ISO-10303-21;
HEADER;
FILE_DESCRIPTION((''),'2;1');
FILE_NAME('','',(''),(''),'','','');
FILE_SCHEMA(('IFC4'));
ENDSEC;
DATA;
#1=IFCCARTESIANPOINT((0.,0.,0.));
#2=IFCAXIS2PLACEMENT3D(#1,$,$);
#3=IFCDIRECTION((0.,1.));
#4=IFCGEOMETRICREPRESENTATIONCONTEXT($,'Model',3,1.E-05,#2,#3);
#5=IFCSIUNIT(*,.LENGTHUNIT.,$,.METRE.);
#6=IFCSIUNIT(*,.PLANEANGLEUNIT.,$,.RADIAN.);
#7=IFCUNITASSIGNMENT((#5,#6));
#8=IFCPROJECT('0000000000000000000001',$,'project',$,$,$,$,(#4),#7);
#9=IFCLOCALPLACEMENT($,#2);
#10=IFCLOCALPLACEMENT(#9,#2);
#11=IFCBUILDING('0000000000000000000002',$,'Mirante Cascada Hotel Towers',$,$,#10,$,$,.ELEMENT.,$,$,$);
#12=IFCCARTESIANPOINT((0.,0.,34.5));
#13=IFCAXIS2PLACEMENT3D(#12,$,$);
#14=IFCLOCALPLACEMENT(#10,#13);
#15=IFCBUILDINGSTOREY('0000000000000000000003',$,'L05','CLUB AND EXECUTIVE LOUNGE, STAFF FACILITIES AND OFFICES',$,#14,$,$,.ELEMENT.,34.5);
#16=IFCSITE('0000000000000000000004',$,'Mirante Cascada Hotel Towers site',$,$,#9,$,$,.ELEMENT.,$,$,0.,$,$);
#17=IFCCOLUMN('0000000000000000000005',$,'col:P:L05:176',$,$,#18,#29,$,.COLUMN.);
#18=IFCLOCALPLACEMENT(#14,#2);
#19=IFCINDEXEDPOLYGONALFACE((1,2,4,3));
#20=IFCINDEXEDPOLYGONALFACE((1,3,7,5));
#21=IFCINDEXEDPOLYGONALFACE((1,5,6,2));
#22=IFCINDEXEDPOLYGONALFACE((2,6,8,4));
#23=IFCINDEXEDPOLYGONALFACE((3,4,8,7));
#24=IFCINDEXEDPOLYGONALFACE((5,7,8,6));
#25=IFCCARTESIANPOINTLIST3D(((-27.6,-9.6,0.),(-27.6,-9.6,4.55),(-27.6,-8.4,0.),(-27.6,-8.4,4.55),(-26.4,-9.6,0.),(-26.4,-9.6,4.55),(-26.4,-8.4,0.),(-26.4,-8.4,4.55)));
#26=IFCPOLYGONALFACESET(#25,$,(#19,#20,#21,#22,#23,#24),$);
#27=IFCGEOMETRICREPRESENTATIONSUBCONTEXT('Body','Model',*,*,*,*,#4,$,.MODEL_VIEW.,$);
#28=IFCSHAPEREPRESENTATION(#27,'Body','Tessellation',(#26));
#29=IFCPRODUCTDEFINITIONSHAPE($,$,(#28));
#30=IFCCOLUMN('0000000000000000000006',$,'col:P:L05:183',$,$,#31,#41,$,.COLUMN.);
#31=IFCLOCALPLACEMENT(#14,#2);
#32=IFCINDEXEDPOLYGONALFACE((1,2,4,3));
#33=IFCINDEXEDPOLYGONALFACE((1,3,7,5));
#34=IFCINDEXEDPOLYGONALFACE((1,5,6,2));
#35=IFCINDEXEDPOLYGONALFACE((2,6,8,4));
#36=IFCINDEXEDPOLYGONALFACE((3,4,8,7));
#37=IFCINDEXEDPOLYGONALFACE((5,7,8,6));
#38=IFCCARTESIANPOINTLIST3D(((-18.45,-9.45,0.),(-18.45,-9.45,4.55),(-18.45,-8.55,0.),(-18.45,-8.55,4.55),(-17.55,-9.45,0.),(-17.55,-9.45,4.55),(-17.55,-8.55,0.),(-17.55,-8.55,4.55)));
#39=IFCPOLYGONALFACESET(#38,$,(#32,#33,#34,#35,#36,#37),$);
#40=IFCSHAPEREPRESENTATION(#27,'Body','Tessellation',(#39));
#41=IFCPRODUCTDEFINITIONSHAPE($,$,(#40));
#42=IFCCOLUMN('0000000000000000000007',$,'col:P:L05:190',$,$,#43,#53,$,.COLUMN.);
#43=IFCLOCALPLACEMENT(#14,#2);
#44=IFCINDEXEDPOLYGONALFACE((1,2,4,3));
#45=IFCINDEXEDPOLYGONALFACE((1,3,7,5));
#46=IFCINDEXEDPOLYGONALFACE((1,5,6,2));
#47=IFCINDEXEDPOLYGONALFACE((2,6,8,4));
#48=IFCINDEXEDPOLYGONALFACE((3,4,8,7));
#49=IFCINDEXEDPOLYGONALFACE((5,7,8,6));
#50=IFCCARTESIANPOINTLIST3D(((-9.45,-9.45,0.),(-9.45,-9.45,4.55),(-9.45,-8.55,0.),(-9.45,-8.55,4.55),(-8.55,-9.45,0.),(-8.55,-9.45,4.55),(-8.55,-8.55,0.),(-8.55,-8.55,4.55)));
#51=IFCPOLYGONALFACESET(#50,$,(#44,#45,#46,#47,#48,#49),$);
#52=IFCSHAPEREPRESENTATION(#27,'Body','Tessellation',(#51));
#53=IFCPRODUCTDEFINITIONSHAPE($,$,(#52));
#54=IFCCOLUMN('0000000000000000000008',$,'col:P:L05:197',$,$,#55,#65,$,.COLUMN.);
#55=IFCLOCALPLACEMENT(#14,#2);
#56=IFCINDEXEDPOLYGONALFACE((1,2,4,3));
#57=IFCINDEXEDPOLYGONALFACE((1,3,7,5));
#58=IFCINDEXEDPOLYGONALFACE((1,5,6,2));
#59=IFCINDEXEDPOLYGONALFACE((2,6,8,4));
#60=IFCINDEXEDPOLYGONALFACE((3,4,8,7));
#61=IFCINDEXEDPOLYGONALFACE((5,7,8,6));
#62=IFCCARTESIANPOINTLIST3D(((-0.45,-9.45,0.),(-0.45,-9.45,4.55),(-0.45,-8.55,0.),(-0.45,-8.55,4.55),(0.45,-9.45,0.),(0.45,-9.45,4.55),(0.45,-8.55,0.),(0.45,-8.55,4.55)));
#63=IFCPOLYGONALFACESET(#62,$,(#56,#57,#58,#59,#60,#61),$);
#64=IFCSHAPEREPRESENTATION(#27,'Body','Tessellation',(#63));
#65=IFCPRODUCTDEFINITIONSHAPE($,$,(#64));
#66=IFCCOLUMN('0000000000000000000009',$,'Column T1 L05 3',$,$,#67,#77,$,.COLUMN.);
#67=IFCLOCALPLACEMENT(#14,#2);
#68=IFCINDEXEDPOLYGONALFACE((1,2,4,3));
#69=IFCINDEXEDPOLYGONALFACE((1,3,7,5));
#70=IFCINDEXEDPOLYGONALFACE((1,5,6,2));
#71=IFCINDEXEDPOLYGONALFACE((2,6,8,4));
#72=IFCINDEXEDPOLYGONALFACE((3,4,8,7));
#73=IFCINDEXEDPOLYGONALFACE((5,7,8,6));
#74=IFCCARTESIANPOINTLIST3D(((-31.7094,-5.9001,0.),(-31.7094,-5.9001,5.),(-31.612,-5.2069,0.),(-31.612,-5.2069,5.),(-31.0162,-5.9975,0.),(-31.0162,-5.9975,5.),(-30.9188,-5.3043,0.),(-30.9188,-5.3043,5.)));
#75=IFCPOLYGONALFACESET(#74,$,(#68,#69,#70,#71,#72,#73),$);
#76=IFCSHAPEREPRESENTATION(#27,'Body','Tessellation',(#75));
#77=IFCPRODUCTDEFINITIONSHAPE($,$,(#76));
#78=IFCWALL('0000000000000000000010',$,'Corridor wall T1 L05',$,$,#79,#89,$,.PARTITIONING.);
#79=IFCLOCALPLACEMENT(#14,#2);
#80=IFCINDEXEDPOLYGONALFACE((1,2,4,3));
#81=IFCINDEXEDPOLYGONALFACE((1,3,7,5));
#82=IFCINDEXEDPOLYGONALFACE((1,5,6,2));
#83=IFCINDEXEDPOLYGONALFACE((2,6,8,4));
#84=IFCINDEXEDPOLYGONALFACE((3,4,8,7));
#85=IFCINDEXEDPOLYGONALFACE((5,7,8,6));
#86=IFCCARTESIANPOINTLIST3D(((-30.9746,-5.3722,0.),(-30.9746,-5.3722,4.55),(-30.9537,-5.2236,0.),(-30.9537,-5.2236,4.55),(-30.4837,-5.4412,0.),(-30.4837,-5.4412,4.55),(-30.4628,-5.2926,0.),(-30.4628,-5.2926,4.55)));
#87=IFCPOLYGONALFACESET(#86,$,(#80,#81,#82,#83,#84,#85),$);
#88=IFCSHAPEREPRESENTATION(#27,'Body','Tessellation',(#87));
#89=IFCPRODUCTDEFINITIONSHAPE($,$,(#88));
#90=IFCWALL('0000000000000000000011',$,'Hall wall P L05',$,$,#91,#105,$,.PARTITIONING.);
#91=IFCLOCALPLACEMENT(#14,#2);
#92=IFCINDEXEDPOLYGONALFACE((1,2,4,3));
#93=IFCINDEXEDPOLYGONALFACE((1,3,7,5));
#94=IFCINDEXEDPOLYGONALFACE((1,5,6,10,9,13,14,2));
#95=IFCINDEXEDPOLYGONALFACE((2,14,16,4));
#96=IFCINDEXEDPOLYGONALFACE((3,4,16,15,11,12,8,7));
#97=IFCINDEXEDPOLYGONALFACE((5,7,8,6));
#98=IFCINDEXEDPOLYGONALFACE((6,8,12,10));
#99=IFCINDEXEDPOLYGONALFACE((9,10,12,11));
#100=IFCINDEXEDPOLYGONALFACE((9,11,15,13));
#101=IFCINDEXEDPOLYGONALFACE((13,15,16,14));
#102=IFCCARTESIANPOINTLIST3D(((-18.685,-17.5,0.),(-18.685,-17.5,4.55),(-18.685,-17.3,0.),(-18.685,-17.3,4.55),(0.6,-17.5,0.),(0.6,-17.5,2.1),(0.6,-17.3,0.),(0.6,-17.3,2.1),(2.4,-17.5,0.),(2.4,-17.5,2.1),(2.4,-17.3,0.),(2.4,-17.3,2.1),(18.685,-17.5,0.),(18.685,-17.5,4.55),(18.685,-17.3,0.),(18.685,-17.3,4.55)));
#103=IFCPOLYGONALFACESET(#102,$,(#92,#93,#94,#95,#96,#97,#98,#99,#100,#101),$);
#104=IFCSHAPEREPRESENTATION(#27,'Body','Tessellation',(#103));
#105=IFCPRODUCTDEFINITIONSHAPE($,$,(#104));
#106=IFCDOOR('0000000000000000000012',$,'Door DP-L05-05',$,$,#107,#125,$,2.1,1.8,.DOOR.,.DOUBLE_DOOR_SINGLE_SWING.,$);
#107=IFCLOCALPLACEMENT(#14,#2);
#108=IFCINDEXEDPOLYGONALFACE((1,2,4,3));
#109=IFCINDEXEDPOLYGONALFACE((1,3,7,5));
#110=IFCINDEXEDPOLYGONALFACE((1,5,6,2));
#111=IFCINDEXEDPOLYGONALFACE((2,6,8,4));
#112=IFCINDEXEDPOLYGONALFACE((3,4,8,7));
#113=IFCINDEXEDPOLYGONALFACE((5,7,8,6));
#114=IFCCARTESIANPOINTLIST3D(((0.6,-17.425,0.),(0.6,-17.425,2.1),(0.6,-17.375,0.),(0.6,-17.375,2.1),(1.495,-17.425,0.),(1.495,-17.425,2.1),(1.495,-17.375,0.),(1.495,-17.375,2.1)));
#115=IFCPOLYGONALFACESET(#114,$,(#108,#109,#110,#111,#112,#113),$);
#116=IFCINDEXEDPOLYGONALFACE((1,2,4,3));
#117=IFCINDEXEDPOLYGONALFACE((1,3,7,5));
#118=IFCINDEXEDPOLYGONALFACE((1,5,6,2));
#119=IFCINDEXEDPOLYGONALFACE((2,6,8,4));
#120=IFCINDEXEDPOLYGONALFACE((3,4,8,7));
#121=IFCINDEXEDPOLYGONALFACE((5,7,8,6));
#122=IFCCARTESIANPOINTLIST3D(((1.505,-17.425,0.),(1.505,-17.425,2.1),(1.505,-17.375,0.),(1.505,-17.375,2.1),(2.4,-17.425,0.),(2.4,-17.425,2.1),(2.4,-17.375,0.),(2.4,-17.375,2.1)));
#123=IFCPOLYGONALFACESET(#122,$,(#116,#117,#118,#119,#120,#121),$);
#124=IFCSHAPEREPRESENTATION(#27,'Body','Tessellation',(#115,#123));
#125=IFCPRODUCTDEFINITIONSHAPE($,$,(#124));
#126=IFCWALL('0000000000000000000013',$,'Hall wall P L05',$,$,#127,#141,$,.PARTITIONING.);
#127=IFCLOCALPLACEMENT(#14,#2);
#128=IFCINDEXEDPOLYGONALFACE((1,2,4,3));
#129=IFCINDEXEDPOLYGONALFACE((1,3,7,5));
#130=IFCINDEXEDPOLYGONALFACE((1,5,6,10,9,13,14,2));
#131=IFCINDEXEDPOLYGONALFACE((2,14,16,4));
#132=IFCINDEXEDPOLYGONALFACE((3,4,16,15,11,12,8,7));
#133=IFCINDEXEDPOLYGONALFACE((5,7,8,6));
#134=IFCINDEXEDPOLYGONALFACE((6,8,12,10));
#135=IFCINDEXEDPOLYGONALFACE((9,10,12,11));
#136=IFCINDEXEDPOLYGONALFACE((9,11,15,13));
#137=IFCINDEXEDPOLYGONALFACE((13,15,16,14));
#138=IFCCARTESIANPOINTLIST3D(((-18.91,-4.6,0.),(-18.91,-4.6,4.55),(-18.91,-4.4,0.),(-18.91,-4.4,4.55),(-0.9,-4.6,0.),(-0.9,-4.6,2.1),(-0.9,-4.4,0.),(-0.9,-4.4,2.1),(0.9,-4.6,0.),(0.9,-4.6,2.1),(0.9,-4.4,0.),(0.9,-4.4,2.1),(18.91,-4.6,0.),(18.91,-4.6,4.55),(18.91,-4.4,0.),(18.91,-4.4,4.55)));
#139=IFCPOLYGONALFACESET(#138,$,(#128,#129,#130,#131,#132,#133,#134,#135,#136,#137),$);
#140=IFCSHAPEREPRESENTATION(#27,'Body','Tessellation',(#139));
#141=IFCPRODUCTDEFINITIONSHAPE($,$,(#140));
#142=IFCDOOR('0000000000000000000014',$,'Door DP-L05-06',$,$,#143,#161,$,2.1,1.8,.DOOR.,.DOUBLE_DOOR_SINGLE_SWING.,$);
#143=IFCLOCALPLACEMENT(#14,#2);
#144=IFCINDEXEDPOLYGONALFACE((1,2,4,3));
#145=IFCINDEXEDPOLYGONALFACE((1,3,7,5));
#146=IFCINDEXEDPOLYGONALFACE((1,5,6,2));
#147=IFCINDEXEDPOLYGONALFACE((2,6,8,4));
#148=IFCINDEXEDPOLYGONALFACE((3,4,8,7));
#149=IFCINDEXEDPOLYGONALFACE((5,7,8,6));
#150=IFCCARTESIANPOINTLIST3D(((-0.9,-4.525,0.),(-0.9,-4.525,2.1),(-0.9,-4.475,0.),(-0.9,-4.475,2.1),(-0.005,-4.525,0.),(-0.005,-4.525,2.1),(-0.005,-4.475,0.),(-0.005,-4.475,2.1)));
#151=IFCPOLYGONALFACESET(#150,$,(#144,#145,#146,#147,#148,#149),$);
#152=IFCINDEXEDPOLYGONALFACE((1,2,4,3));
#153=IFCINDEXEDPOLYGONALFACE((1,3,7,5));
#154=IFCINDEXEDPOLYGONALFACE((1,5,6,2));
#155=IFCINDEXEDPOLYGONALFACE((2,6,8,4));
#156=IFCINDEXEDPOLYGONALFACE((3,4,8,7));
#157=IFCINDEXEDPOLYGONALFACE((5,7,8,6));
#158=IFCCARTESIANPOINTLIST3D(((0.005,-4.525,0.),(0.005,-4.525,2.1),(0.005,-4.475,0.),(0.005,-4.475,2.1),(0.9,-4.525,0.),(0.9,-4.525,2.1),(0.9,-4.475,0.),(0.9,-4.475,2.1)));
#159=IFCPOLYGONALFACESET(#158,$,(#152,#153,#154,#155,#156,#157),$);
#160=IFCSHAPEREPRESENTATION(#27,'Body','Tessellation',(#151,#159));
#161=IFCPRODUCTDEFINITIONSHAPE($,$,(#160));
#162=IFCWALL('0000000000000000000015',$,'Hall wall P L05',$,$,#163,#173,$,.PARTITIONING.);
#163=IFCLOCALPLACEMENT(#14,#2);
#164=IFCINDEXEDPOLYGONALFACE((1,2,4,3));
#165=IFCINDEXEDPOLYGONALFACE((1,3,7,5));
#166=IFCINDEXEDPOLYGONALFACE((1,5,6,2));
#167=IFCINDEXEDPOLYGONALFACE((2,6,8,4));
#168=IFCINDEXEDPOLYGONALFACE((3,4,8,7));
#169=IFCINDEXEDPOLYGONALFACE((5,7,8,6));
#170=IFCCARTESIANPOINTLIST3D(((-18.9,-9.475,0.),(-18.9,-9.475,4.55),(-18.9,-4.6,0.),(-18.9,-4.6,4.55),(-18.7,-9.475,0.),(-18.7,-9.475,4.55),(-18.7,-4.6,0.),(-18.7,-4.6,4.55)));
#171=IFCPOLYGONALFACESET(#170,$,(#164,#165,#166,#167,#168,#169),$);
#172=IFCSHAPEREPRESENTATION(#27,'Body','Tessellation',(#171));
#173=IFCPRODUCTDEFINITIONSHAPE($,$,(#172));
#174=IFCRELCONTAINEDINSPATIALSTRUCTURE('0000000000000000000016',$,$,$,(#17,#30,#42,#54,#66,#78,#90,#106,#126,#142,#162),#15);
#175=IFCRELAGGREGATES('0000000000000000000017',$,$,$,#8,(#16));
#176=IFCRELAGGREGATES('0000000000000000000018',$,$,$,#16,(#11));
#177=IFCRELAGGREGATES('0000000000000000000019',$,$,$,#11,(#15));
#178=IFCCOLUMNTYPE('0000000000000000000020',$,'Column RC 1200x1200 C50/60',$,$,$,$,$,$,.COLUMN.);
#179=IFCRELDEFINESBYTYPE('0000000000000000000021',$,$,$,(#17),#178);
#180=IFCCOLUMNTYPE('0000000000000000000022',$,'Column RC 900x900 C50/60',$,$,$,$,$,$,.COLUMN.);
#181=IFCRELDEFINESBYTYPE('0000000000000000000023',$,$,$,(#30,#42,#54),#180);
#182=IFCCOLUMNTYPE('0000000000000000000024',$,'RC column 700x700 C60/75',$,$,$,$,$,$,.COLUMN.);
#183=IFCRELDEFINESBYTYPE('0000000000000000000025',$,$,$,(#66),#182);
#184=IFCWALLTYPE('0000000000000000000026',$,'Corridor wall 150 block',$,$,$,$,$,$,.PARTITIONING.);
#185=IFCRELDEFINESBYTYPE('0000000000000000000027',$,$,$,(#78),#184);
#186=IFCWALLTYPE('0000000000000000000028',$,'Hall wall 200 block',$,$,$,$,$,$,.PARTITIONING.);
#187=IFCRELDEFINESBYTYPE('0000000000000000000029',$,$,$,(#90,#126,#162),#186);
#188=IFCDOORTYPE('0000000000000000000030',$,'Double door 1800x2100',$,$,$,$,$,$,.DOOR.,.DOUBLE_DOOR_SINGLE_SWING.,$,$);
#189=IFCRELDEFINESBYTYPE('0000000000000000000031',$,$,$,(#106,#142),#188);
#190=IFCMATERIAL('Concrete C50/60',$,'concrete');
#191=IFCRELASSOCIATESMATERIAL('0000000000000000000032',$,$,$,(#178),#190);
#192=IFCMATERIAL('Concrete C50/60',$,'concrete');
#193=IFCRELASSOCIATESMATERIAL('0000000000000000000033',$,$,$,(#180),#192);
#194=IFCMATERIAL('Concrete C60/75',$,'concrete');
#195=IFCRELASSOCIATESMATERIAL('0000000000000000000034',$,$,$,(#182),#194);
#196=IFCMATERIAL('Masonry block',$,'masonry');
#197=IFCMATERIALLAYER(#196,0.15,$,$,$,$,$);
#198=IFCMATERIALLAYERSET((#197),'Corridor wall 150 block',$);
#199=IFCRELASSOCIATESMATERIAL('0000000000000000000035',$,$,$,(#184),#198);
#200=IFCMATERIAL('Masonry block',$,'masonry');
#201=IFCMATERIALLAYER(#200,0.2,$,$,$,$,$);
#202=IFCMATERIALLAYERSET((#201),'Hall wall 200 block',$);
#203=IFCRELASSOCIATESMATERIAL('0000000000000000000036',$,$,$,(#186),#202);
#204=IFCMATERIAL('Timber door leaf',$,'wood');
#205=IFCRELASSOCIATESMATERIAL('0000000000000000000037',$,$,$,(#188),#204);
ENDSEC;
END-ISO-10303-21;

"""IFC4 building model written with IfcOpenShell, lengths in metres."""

from ifc_helpers import new_model, si_unit, direction, frame, frame_2d, origin, origin_2d, place, context, subcontext, project, spatial, rectangle, extrude, material, layer, layer_set, material_profile, profile_set, type_object, element, fill, save


model = new_model("IFC4")

# Units and contexts
model_context = context("Model", 3, precision=1e-05, world=origin(), true_north=direction((0.0, 1.0)))
body_context = subcontext(model_context, "Body", "Model", "MODEL_VIEW")
ifc_project = project(units=[si_unit("LENGTHUNIT", "METRE"), si_unit("PLANEANGLEUNIT", "RADIAN")], contexts=[model_context])

# Site, building, storey
site_placement = place(None, origin())
site = spatial("IfcSite", under=ifc_project, at=site_placement, Name="Mirante Cascada Hotel Towers site", CompositionType="ELEMENT", RefElevation=0.0)
building_placement = place(site_placement, origin())
building = spatial("IfcBuilding", under=site, at=building_placement, Name="Mirante Cascada Hotel Towers", CompositionType="ELEMENT")
storey_placement = place(building_placement, frame((0.0, 0.0, 34.5)))
storey = spatial("IfcBuildingStorey", under=building, at=storey_placement, Name="L05", Description="CLUB AND EXECUTIVE LOUNGE, STAFF FACILITIES AND OFFICES", CompositionType="ELEMENT", Elevation=34.5)

# Columns
ifc_material_1 = material(Name="Concrete C50/60", Category="concrete")
ifc_material_profile_1 = material_profile(ifc_material_1, rectangle(XDim=1.2, YDim=1.2, at=origin_2d()), Name="RC 1200x1200")
ifc_profile_set_1 = profile_set([ifc_material_profile_1], Name="Concrete C50/60")
column_type_1 = type_object("IfcColumnType", Name="Column RC 1200x1200 C50/60", PredefinedType="COLUMN", material=ifc_profile_set_1)
column_1_placement = place(storey_placement, frame((-27.0, -9.0, 0.0), z_axis=(0.0, 0.0, 1.0), x_axis=(1.0, 0.0, 0.0)))
element("IfcColumn", 1, at=column_1_placement, inside=storey, type_object=column_type_1, Name="col:P:L05:176", PredefinedType="COLUMN", context=body_context, shape_type="SweptSolid", body=[
    extrude(rectangle(XDim=1.2, YDim=1.2, at=origin_2d()), origin(), (0.0, 0.0, 1.0), 4.55),
])
ifc_material_2 = material(Name="Concrete C50/60", Category="concrete")
ifc_material_profile_2 = material_profile(ifc_material_2, rectangle(XDim=0.9, YDim=0.9, at=origin_2d()), Name="RC 900x900")
ifc_profile_set_2 = profile_set([ifc_material_profile_2], Name="Concrete C50/60")
column_type_2 = type_object("IfcColumnType", Name="Column RC 900x900 C50/60", PredefinedType="COLUMN", material=ifc_profile_set_2)
for number, where, z_axis, x_axis, name in (
    (2, (-18.0, -9.0, 0.0), (0.0, 0.0, 1.0), (1.0, 0.0, 0.0), "col:P:L05:183"),
    (3, (-9.0, -9.0, 0.0), (0.0, 0.0, 1.0), (1.0, 0.0, 0.0), "col:P:L05:190"),
    (4, (0.0, -9.0, 0.0), (0.0, 0.0, 1.0), (1.0, 0.0, 0.0), "col:P:L05:197"),
):
    element("IfcColumn", number, at=place(storey_placement, frame(where, z_axis=z_axis, x_axis=x_axis)), inside=storey, type_object=column_type_2, Name=name, PredefinedType="COLUMN", context=body_context, shape_type="SweptSolid", body=[
        extrude(rectangle(XDim=0.9, YDim=0.9, at=origin_2d()), origin(), (0.0, 0.0, 1.0), 4.55),
    ])
ifc_material_3 = material(Name="Concrete C60/75", Category="concrete")
ifc_material_profile_3 = material_profile(ifc_material_3, rectangle(XDim=0.7, YDim=0.7, at=origin_2d()), Name="RC column 700x700 C60/75")
ifc_profile_set_3 = profile_set([ifc_material_profile_3], Name="Concrete C60/75")
column_type_3 = type_object("IfcColumnType", Name="RC column 700x700 C60/75", PredefinedType="COLUMN", material=ifc_profile_set_3)
column_2_placement = place(storey_placement, frame((-31.3141, -5.6022, 0.0), z_axis=(0.0, 0.0, 1.0), x_axis=(-0.990268, 0.139173, 0.0)))
element("IfcColumn", 5, at=column_2_placement, inside=storey, type_object=column_type_3, Name="Column T1 L05 3", PredefinedType="COLUMN", context=body_context, shape_type="SweptSolid", body=[
    extrude(rectangle(XDim=0.7, YDim=0.7, at=origin_2d()), origin(), (0.0, 0.0, 1.0), 5.0),
])

# Wall
ifc_material_4 = material(Name="Masonry block", Category="masonry")
ifc_layer_1 = layer(ifc_material_4, 0.15)
ifc_layer_set_1 = layer_set([ifc_layer_1], Name="Corridor wall 150 block")
wall_type_1 = type_object("IfcWallType", Name="Corridor wall 150 block", PredefinedType="PARTITIONING", material=ifc_layer_set_1)
wall_1_placement = place(storey_placement, frame((-30.9641, -5.2979, 0.0), z_axis=(0.0, 0.0, 1.0), x_axis=(0.990266, -0.13919, 0.0)))
element("IfcWall", 6, at=wall_1_placement, inside=storey, type_object=wall_type_1, Name="Corridor wall T1 L05", PredefinedType="PARTITIONING", context=body_context, shape_type="SweptSolid", body=[
    extrude(rectangle(XDim=0.4957, YDim=0.15, at=frame_2d((0.2478, 0.0))), origin(), (0.0, 0.0, 1.0), 4.55),
])

# Walls, openings, doors
ifc_material_5 = material(Name="Masonry block", Category="masonry")
ifc_layer_2 = layer(ifc_material_5, 0.2)
ifc_layer_set_2 = layer_set([ifc_layer_2], Name="Hall wall 200 block")
wall_type_2 = type_object("IfcWallType", Name="Hall wall 200 block", PredefinedType="PARTITIONING", material=ifc_layer_set_2)
wall_2_placement = place(storey_placement, frame((-18.685, -17.4, 0.0), z_axis=(0.0, 0.0, 1.0), x_axis=(1.0, 0.0, 0.0)))
wall_2 = element("IfcWall", 7, at=wall_2_placement, inside=storey, type_object=wall_type_2, Name="Hall wall P L05", PredefinedType="PARTITIONING", context=body_context, shape_type="SweptSolid", body=[
    extrude(rectangle(XDim=37.37, YDim=0.2, at=frame_2d((18.685, 0.0))), origin(), (0.0, 0.0, 1.0), 4.55),
])
opening_1_placement = place(wall_2_placement, frame((19.285, 0.0, 0.0)))
opening_1 = element("IfcOpeningElement", 8, at=opening_1_placement, cuts=wall_2, PredefinedType="OPENING", context=body_context, shape_type="SweptSolid", body=[
    extrude(rectangle(XDim=1.8, YDim=2.1, at=frame_2d((0.9, 1.05))), frame((0.0, 0.1, 0.0), z_axis=(0.0, -1.0, 0.0), x_axis=(1.0, 0.0, 0.0)), (0.0, 0.0, 1.0), 0.2),
])
ifc_material_6 = material(Name="Timber door leaf", Category="wood")
door_type = type_object("IfcDoorType", Name="Double door 1800x2100", OperationType="DOUBLE_DOOR_SINGLE_SWING", PredefinedType="DOOR", material=ifc_material_6)
door_1_placement = place(opening_1_placement, origin())
door_1 = element("IfcDoor", 9, at=door_1_placement, inside=storey, type_object=door_type, Name="Door DP-L05-05", OperationType="DOUBLE_DOOR_SINGLE_SWING", OverallHeight=2.1, OverallWidth=1.8, PredefinedType="DOOR", context=body_context, shape_type="SweptSolid", body=[
    extrude(rectangle(XDim=0.895, YDim=2.1, at=frame_2d((0.4475, 1.05))), frame((0.0, 0.025, 0.0), z_axis=(0.0, -1.0, 0.0), x_axis=(1.0, 0.0, 0.0)), (0.0, 0.0, 1.0), 0.05),
    extrude(rectangle(XDim=0.895, YDim=2.1, at=frame_2d((1.3525, 1.05))), frame((0.0, 0.025, 0.0), z_axis=(0.0, -1.0, 0.0), x_axis=(1.0, 0.0, 0.0)), (0.0, 0.0, 1.0), 0.05),
])
fill(opening_1, door_1)
wall_3_placement = place(storey_placement, frame((-18.91, -4.5, 0.0), z_axis=(0.0, 0.0, 1.0), x_axis=(1.0, 0.0, 0.0)))
wall_3 = element("IfcWall", 10, at=wall_3_placement, inside=storey, type_object=wall_type_2, Name="Hall wall P L05", PredefinedType="PARTITIONING", context=body_context, shape_type="SweptSolid", body=[
    extrude(rectangle(XDim=37.82, YDim=0.2, at=frame_2d((18.91, 0.0))), origin(), (0.0, 0.0, 1.0), 4.55),
])
opening_2_placement = place(wall_3_placement, frame((18.01, 0.0, 0.0)))
opening_2 = element("IfcOpeningElement", 11, at=opening_2_placement, cuts=wall_3, PredefinedType="OPENING", context=body_context, shape_type="SweptSolid", body=[
    extrude(rectangle(XDim=1.8, YDim=2.1, at=frame_2d((0.9, 1.05))), frame((0.0, 0.1, 0.0), z_axis=(0.0, -1.0, 0.0), x_axis=(1.0, 0.0, 0.0)), (0.0, 0.0, 1.0), 0.2),
])
door_2_placement = place(opening_2_placement, origin())
door_2 = element("IfcDoor", 12, at=door_2_placement, inside=storey, type_object=door_type, Name="Door DP-L05-06", OperationType="DOUBLE_DOOR_SINGLE_SWING", OverallHeight=2.1, OverallWidth=1.8, PredefinedType="DOOR", context=body_context, shape_type="SweptSolid", body=[
    extrude(rectangle(XDim=0.895, YDim=2.1, at=frame_2d((0.4475, 1.05))), frame((0.0, 0.025, 0.0), z_axis=(0.0, -1.0, 0.0), x_axis=(1.0, 0.0, 0.0)), (0.0, 0.0, 1.0), 0.05),
    extrude(rectangle(XDim=0.895, YDim=2.1, at=frame_2d((1.3525, 1.05))), frame((0.0, 0.025, 0.0), z_axis=(0.0, -1.0, 0.0), x_axis=(1.0, 0.0, 0.0)), (0.0, 0.0, 1.0), 0.05),
])
fill(opening_2, door_2)

# Wall
wall_4_placement = place(storey_placement, frame((-18.8, -9.475, 0.0), z_axis=(0.0, 0.0, 1.0), x_axis=(0.0, 1.0, 0.0)))
element("IfcWall", 13, at=wall_4_placement, inside=storey, type_object=wall_type_2, Name="Hall wall P L05", PredefinedType="PARTITIONING", context=body_context, shape_type="SweptSolid", body=[
    extrude(rectangle(XDim=4.875, YDim=0.2, at=frame_2d((2.4375, 0.0))), origin(), (0.0, 0.0, 1.0), 4.55),
])

save(model, "model.ifc")
